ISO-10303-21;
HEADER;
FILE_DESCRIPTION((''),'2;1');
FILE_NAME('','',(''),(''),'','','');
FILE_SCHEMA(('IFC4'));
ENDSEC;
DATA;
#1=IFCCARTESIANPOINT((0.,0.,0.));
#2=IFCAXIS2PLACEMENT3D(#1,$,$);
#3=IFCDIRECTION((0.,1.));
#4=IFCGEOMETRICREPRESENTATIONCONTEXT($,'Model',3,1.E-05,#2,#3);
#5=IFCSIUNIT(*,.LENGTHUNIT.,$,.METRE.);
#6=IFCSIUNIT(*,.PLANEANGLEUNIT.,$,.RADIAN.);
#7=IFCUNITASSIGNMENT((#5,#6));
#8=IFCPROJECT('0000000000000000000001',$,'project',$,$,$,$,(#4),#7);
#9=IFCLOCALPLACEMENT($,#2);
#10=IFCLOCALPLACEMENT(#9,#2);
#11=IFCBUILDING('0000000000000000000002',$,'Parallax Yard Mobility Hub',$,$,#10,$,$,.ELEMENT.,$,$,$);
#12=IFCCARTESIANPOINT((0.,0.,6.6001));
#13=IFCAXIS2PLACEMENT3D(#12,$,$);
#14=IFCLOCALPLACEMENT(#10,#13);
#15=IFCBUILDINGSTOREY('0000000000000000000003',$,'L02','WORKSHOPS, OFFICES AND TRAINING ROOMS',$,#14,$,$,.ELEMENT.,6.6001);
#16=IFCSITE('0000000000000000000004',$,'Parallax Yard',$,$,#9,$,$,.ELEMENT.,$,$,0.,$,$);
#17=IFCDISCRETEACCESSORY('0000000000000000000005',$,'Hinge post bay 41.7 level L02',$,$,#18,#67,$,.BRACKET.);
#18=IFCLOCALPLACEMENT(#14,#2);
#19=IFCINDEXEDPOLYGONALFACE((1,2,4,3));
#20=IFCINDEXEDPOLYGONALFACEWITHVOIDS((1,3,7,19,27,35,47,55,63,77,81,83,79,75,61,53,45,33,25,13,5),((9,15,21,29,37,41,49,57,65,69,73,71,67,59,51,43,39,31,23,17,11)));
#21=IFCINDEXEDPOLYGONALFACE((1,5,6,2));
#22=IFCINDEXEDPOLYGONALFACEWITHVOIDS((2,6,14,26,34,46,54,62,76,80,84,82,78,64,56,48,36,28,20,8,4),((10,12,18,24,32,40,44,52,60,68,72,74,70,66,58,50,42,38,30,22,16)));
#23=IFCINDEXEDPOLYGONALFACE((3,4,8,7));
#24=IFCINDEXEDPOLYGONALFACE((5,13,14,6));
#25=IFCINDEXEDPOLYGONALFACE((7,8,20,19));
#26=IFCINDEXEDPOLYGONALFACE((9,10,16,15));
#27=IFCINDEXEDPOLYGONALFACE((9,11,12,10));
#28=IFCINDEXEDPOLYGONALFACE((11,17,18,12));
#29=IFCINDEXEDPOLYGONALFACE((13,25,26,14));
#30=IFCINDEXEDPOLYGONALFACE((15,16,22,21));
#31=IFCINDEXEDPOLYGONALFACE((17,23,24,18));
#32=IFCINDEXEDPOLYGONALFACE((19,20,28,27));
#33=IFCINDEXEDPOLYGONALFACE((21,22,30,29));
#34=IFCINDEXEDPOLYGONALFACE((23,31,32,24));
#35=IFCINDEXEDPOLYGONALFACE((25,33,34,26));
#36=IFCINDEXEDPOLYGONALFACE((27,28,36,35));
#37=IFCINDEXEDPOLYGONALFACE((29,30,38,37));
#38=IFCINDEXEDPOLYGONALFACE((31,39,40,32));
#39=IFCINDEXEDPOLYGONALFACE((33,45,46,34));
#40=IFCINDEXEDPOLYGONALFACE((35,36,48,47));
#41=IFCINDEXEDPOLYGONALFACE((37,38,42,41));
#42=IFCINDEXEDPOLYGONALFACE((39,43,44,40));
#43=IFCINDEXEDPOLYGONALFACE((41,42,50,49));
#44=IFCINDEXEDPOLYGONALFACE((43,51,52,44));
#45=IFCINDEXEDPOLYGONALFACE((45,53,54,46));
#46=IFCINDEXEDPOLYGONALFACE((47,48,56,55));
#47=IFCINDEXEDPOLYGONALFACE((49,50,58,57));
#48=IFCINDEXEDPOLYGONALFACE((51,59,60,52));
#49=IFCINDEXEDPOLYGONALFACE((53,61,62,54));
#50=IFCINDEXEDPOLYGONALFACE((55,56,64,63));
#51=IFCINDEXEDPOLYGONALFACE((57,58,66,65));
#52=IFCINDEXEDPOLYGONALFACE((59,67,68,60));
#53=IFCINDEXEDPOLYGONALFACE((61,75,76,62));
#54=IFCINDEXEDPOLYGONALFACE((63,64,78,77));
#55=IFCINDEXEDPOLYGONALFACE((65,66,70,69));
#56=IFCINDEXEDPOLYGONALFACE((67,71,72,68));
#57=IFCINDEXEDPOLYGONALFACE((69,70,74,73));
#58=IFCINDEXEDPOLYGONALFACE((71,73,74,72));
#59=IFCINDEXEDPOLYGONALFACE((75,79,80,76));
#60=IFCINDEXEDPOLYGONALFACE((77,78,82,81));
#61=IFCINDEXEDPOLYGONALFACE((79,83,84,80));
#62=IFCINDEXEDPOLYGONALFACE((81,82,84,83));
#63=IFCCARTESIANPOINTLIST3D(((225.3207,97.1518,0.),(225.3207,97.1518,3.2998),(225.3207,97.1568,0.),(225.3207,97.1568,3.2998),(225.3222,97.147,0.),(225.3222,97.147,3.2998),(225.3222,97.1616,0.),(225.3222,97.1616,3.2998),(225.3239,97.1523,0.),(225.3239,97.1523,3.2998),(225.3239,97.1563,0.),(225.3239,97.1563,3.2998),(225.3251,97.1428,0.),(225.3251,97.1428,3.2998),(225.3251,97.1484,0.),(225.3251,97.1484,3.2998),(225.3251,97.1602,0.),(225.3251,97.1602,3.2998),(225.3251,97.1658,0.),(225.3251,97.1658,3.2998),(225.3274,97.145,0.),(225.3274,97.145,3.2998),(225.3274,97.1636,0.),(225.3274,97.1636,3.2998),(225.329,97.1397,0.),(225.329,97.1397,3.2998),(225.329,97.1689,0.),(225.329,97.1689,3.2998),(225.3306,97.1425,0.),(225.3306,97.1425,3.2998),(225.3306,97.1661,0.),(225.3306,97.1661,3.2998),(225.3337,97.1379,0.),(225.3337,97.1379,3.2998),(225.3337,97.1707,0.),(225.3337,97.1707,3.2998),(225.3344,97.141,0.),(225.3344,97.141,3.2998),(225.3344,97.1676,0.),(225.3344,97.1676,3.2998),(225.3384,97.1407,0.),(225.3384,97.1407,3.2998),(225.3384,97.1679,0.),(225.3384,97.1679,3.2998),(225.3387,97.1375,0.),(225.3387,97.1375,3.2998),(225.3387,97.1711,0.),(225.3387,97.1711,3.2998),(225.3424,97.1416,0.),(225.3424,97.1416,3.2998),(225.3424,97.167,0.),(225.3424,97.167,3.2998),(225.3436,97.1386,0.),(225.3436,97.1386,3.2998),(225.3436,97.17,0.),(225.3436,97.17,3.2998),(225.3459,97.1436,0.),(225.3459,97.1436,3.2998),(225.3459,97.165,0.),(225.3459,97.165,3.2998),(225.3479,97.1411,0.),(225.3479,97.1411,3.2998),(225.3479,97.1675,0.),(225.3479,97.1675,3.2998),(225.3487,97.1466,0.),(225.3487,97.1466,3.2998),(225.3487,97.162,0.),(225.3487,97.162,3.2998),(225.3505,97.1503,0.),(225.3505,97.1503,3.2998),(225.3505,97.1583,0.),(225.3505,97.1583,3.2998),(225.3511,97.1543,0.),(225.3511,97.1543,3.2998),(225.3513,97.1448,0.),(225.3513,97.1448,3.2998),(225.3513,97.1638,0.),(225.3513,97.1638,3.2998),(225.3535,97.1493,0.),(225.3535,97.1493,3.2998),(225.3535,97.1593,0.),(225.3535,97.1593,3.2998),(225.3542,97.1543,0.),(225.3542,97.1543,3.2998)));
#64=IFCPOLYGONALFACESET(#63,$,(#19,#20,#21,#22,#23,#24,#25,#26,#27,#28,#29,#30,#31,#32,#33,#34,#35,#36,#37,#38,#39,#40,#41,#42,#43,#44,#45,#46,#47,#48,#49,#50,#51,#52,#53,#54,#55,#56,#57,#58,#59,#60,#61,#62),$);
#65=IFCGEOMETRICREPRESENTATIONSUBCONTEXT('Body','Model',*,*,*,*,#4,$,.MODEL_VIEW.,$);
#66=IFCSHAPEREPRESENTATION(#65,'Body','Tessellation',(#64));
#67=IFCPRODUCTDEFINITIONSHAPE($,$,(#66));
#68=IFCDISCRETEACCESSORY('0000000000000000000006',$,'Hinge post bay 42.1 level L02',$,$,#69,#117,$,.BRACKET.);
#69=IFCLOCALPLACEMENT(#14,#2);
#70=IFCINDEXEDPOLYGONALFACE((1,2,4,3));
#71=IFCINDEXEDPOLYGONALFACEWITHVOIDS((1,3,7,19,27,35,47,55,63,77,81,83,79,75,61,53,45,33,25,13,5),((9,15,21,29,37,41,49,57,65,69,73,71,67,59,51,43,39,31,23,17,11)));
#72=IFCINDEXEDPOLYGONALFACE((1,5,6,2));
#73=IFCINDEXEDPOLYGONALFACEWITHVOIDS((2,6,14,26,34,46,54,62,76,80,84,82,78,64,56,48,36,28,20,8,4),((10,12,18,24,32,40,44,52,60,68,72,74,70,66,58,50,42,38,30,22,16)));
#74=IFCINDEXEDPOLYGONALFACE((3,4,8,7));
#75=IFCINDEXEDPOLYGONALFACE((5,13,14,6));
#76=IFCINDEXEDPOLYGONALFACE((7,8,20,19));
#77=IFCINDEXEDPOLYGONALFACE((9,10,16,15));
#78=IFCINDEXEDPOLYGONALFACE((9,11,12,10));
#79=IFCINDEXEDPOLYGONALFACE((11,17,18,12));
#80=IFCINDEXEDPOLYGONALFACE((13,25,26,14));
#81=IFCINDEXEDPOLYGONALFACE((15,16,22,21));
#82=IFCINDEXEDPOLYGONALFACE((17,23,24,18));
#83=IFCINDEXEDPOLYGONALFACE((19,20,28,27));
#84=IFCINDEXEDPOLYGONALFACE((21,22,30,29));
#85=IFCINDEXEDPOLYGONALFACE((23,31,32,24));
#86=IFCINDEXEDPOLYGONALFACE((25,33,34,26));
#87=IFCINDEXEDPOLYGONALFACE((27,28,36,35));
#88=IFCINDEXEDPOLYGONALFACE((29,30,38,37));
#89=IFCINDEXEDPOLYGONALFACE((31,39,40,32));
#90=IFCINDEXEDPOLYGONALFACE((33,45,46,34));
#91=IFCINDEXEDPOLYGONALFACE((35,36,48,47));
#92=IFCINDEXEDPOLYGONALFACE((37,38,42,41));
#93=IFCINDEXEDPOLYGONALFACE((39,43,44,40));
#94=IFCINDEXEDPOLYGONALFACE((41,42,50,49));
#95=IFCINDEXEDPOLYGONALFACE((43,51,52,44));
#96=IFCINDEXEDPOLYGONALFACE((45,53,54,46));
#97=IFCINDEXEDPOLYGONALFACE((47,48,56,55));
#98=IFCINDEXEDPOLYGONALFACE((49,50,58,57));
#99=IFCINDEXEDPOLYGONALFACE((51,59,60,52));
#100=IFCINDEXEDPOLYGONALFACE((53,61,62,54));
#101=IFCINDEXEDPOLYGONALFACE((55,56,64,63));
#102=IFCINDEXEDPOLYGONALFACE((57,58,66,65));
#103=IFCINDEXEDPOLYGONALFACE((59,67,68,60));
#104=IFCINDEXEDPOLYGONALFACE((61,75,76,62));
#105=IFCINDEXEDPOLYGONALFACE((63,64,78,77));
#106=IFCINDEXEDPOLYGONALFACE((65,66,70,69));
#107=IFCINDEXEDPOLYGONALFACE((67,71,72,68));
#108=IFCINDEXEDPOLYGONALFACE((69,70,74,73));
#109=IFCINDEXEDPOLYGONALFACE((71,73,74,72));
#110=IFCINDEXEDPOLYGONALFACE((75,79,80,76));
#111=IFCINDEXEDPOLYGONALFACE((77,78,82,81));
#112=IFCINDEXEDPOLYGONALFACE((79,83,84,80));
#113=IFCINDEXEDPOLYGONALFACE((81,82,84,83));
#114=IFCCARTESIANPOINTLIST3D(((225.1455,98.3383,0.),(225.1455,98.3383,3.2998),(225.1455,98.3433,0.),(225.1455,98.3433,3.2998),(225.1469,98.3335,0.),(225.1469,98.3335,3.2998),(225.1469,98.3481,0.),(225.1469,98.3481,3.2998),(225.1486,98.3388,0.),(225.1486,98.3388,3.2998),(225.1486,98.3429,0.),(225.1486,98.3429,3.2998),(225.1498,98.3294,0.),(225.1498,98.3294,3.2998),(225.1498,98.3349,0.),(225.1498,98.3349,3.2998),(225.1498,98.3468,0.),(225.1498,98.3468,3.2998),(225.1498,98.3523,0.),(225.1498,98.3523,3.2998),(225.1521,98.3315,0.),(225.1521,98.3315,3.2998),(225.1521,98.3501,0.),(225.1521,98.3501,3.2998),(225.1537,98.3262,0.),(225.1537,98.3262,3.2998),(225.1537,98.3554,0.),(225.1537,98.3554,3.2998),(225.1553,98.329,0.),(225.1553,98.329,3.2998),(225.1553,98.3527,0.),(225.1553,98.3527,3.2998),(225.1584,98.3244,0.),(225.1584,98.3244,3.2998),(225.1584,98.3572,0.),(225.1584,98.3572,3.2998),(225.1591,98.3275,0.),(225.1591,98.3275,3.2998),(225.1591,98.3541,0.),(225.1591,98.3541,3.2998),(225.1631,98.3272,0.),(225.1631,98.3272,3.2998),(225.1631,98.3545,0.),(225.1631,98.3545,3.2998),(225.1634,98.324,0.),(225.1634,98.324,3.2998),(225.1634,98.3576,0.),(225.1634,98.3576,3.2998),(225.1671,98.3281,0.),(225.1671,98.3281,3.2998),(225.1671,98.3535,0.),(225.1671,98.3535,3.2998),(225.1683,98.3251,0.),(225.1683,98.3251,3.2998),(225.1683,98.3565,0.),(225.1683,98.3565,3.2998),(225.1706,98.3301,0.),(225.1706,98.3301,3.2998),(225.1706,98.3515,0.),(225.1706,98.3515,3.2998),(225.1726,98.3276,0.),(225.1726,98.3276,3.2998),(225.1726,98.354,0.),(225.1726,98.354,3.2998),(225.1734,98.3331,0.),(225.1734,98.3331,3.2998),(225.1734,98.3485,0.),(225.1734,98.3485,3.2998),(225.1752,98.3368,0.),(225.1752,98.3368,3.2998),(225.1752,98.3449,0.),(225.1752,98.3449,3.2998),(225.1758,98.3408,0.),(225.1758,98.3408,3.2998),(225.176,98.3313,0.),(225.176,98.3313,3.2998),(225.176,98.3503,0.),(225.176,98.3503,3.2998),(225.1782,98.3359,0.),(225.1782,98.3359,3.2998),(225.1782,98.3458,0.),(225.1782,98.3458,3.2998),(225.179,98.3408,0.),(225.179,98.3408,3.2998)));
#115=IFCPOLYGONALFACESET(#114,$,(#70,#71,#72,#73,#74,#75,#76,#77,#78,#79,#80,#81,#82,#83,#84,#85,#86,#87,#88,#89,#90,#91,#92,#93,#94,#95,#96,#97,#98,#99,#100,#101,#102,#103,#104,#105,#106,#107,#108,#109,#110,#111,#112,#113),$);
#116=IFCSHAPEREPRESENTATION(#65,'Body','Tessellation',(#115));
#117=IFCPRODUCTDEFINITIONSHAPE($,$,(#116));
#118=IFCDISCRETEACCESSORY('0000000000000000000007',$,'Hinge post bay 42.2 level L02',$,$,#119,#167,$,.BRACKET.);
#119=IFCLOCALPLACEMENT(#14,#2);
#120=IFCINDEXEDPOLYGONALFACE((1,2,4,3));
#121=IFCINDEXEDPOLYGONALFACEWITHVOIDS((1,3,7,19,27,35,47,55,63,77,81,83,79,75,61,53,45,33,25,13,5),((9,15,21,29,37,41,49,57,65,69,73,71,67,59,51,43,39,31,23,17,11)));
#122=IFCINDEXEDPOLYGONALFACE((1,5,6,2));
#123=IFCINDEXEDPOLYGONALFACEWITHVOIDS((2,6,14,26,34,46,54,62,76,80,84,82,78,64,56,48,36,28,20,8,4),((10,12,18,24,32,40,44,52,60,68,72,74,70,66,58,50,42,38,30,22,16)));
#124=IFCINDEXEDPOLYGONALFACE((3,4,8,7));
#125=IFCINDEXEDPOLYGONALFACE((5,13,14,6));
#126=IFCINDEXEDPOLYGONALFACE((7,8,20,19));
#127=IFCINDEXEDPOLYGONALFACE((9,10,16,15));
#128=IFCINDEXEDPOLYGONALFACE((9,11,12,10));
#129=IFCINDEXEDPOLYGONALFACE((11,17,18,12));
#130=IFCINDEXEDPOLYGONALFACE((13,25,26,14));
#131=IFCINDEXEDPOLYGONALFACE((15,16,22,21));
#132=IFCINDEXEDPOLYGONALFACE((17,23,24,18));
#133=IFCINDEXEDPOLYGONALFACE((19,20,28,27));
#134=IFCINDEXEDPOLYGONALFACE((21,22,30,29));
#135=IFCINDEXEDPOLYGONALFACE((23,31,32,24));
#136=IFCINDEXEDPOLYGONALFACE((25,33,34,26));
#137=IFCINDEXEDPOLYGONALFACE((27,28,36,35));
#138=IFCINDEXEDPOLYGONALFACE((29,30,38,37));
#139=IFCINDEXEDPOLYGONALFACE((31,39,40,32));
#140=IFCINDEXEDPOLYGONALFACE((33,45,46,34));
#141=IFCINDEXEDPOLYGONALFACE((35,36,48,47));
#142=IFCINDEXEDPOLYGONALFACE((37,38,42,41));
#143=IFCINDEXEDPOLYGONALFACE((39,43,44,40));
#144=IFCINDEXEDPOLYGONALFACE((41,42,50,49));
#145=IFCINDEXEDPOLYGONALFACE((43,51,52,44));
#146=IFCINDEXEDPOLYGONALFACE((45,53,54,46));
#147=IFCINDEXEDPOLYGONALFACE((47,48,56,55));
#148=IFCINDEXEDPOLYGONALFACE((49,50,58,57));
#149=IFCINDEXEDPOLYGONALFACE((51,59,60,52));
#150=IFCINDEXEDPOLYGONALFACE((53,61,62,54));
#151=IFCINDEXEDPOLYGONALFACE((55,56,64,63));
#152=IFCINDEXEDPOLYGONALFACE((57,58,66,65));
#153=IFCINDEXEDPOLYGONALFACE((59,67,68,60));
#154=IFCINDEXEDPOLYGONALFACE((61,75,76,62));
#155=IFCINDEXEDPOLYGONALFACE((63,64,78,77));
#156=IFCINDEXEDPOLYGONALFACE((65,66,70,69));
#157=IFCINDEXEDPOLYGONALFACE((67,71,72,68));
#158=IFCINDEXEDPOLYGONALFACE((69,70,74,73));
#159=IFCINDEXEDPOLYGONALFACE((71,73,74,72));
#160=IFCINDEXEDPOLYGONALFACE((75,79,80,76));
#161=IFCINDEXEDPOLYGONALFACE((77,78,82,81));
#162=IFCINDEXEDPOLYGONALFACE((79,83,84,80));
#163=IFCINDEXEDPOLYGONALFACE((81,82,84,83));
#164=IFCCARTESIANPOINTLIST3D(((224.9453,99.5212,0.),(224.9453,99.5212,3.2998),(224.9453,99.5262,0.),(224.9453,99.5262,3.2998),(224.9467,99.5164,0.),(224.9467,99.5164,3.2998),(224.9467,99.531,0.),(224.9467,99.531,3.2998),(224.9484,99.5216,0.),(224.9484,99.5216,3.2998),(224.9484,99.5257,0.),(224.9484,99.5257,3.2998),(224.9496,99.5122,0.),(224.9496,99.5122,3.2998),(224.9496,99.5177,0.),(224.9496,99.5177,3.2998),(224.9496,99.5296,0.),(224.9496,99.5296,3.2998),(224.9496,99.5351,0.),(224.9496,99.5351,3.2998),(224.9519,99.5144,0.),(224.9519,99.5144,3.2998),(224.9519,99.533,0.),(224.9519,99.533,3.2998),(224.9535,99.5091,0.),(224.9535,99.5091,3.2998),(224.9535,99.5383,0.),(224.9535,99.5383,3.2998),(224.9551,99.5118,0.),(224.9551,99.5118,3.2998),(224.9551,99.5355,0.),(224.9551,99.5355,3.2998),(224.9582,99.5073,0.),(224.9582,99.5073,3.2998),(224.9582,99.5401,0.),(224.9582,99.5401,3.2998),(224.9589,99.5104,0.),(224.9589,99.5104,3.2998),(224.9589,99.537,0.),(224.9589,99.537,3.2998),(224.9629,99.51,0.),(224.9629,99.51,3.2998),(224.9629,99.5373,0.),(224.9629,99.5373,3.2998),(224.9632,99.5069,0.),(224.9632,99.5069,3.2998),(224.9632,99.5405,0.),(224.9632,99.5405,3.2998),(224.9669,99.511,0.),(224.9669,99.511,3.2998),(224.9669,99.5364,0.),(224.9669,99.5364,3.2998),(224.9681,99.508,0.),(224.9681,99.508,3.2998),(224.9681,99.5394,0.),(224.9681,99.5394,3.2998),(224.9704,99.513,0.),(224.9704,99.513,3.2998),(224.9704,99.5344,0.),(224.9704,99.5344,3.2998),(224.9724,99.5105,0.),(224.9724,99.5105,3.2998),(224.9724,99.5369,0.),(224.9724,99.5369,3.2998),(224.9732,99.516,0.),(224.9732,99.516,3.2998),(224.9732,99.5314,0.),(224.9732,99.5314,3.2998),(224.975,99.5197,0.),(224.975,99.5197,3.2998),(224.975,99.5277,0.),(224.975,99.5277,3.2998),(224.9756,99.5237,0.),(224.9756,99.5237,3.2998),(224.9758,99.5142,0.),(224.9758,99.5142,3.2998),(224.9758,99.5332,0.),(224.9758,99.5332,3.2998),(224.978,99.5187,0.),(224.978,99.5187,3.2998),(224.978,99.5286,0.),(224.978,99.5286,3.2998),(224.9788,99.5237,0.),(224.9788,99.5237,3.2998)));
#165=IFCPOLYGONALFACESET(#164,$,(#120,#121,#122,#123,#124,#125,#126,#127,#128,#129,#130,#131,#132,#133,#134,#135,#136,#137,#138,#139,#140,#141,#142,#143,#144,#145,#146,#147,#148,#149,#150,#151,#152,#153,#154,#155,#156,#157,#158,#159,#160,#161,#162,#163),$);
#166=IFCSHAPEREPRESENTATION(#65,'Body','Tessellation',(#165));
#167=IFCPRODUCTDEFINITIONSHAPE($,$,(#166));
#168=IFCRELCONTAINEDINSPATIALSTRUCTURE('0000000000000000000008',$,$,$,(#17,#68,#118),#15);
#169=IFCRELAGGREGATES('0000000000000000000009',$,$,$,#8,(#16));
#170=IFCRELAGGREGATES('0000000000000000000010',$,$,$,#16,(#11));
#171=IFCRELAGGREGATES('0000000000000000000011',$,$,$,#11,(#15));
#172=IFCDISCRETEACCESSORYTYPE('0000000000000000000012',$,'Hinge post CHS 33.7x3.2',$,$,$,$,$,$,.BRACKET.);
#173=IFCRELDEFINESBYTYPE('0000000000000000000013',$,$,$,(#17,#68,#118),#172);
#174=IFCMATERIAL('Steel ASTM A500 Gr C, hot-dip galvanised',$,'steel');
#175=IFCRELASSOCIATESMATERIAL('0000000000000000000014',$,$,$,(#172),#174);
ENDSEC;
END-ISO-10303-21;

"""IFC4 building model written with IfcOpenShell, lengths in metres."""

from ifc_helpers import new_model, si_unit, direction, frame, origin, origin_2d, place, context, subcontext, project, spatial, hollow_circle, extrude, material, material_profile, profile_set, type_object, element, save


model = new_model("IFC4")

# Units and contexts
model_context = context("Model", 3, precision=1e-05, world=origin(), true_north=direction((0.0, 1.0)))
body_context = subcontext(model_context, "Body", "Model", "MODEL_VIEW")
ifc_project = project(units=[si_unit("LENGTHUNIT", "METRE"), si_unit("PLANEANGLEUNIT", "RADIAN")], contexts=[model_context])

# Site, building, storey
site_placement = place(None, origin())
site = spatial("IfcSite", under=ifc_project, at=site_placement, Name="Parallax Yard", CompositionType="ELEMENT", RefElevation=0.0)
building_placement = place(site_placement, origin())
building = spatial("IfcBuilding", under=site, at=building_placement, Name="Parallax Yard Mobility Hub", CompositionType="ELEMENT")
storey_placement = place(building_placement, frame((0.0, 0.0, 6.6001)))
storey = spatial("IfcBuildingStorey", under=building, at=storey_placement, Name="L02", Description="WORKSHOPS, OFFICES AND TRAINING ROOMS", CompositionType="ELEMENT", Elevation=6.6001)

# Discrete accessories
ifc_material_1 = material(Name="Steel ASTM A500 Gr C, hot-dip galvanised", Category="steel")
ifc_material_profile = material_profile(ifc_material_1, hollow_circle(Radius=0.0168, WallThickness=0.0032, at=origin_2d()), Name="CHS 33.7x3.2")
ifc_profile_set = profile_set([ifc_material_profile], Name="Steel ASTM A500 Gr C, hot-dip galvanised")
discrete_accessory_type_1 = type_object("IfcDiscreteAccessoryType", Name="Hinge post CHS 33.7x3.2", PredefinedType="BRACKET", material=ifc_profile_set)
for number, where, z_axis, x_axis, name in (
    (1, (225.3374, 97.1543, 0.0), (0.0, 0.0, 1.0), (1.0, 0.0, 0.0), "Hinge post bay 41.7 level L02"),
    (2, (225.1621, 98.3408, 0.0), (0.0, 0.0, 1.0), (1.0, 0.0, 0.0), "Hinge post bay 42.1 level L02"),
    (3, (224.9619, 99.5237, 0.0), (0.0, 0.0, 1.0), (1.0, 0.0, 0.0), "Hinge post bay 42.2 level L02"),
):
    element("IfcDiscreteAccessory", number, at=place(storey_placement, frame(where, z_axis=z_axis, x_axis=x_axis)), inside=storey, type_object=discrete_accessory_type_1, Name=name, PredefinedType="BRACKET", context=body_context, shape_type="SweptSolid", body=[
        extrude(hollow_circle(Radius=0.0168, WallThickness=0.0032, at=origin_2d()), origin(), (0.0, 0.0, 1.0), 3.2998),
    ])

save(model, "model.ifc")
